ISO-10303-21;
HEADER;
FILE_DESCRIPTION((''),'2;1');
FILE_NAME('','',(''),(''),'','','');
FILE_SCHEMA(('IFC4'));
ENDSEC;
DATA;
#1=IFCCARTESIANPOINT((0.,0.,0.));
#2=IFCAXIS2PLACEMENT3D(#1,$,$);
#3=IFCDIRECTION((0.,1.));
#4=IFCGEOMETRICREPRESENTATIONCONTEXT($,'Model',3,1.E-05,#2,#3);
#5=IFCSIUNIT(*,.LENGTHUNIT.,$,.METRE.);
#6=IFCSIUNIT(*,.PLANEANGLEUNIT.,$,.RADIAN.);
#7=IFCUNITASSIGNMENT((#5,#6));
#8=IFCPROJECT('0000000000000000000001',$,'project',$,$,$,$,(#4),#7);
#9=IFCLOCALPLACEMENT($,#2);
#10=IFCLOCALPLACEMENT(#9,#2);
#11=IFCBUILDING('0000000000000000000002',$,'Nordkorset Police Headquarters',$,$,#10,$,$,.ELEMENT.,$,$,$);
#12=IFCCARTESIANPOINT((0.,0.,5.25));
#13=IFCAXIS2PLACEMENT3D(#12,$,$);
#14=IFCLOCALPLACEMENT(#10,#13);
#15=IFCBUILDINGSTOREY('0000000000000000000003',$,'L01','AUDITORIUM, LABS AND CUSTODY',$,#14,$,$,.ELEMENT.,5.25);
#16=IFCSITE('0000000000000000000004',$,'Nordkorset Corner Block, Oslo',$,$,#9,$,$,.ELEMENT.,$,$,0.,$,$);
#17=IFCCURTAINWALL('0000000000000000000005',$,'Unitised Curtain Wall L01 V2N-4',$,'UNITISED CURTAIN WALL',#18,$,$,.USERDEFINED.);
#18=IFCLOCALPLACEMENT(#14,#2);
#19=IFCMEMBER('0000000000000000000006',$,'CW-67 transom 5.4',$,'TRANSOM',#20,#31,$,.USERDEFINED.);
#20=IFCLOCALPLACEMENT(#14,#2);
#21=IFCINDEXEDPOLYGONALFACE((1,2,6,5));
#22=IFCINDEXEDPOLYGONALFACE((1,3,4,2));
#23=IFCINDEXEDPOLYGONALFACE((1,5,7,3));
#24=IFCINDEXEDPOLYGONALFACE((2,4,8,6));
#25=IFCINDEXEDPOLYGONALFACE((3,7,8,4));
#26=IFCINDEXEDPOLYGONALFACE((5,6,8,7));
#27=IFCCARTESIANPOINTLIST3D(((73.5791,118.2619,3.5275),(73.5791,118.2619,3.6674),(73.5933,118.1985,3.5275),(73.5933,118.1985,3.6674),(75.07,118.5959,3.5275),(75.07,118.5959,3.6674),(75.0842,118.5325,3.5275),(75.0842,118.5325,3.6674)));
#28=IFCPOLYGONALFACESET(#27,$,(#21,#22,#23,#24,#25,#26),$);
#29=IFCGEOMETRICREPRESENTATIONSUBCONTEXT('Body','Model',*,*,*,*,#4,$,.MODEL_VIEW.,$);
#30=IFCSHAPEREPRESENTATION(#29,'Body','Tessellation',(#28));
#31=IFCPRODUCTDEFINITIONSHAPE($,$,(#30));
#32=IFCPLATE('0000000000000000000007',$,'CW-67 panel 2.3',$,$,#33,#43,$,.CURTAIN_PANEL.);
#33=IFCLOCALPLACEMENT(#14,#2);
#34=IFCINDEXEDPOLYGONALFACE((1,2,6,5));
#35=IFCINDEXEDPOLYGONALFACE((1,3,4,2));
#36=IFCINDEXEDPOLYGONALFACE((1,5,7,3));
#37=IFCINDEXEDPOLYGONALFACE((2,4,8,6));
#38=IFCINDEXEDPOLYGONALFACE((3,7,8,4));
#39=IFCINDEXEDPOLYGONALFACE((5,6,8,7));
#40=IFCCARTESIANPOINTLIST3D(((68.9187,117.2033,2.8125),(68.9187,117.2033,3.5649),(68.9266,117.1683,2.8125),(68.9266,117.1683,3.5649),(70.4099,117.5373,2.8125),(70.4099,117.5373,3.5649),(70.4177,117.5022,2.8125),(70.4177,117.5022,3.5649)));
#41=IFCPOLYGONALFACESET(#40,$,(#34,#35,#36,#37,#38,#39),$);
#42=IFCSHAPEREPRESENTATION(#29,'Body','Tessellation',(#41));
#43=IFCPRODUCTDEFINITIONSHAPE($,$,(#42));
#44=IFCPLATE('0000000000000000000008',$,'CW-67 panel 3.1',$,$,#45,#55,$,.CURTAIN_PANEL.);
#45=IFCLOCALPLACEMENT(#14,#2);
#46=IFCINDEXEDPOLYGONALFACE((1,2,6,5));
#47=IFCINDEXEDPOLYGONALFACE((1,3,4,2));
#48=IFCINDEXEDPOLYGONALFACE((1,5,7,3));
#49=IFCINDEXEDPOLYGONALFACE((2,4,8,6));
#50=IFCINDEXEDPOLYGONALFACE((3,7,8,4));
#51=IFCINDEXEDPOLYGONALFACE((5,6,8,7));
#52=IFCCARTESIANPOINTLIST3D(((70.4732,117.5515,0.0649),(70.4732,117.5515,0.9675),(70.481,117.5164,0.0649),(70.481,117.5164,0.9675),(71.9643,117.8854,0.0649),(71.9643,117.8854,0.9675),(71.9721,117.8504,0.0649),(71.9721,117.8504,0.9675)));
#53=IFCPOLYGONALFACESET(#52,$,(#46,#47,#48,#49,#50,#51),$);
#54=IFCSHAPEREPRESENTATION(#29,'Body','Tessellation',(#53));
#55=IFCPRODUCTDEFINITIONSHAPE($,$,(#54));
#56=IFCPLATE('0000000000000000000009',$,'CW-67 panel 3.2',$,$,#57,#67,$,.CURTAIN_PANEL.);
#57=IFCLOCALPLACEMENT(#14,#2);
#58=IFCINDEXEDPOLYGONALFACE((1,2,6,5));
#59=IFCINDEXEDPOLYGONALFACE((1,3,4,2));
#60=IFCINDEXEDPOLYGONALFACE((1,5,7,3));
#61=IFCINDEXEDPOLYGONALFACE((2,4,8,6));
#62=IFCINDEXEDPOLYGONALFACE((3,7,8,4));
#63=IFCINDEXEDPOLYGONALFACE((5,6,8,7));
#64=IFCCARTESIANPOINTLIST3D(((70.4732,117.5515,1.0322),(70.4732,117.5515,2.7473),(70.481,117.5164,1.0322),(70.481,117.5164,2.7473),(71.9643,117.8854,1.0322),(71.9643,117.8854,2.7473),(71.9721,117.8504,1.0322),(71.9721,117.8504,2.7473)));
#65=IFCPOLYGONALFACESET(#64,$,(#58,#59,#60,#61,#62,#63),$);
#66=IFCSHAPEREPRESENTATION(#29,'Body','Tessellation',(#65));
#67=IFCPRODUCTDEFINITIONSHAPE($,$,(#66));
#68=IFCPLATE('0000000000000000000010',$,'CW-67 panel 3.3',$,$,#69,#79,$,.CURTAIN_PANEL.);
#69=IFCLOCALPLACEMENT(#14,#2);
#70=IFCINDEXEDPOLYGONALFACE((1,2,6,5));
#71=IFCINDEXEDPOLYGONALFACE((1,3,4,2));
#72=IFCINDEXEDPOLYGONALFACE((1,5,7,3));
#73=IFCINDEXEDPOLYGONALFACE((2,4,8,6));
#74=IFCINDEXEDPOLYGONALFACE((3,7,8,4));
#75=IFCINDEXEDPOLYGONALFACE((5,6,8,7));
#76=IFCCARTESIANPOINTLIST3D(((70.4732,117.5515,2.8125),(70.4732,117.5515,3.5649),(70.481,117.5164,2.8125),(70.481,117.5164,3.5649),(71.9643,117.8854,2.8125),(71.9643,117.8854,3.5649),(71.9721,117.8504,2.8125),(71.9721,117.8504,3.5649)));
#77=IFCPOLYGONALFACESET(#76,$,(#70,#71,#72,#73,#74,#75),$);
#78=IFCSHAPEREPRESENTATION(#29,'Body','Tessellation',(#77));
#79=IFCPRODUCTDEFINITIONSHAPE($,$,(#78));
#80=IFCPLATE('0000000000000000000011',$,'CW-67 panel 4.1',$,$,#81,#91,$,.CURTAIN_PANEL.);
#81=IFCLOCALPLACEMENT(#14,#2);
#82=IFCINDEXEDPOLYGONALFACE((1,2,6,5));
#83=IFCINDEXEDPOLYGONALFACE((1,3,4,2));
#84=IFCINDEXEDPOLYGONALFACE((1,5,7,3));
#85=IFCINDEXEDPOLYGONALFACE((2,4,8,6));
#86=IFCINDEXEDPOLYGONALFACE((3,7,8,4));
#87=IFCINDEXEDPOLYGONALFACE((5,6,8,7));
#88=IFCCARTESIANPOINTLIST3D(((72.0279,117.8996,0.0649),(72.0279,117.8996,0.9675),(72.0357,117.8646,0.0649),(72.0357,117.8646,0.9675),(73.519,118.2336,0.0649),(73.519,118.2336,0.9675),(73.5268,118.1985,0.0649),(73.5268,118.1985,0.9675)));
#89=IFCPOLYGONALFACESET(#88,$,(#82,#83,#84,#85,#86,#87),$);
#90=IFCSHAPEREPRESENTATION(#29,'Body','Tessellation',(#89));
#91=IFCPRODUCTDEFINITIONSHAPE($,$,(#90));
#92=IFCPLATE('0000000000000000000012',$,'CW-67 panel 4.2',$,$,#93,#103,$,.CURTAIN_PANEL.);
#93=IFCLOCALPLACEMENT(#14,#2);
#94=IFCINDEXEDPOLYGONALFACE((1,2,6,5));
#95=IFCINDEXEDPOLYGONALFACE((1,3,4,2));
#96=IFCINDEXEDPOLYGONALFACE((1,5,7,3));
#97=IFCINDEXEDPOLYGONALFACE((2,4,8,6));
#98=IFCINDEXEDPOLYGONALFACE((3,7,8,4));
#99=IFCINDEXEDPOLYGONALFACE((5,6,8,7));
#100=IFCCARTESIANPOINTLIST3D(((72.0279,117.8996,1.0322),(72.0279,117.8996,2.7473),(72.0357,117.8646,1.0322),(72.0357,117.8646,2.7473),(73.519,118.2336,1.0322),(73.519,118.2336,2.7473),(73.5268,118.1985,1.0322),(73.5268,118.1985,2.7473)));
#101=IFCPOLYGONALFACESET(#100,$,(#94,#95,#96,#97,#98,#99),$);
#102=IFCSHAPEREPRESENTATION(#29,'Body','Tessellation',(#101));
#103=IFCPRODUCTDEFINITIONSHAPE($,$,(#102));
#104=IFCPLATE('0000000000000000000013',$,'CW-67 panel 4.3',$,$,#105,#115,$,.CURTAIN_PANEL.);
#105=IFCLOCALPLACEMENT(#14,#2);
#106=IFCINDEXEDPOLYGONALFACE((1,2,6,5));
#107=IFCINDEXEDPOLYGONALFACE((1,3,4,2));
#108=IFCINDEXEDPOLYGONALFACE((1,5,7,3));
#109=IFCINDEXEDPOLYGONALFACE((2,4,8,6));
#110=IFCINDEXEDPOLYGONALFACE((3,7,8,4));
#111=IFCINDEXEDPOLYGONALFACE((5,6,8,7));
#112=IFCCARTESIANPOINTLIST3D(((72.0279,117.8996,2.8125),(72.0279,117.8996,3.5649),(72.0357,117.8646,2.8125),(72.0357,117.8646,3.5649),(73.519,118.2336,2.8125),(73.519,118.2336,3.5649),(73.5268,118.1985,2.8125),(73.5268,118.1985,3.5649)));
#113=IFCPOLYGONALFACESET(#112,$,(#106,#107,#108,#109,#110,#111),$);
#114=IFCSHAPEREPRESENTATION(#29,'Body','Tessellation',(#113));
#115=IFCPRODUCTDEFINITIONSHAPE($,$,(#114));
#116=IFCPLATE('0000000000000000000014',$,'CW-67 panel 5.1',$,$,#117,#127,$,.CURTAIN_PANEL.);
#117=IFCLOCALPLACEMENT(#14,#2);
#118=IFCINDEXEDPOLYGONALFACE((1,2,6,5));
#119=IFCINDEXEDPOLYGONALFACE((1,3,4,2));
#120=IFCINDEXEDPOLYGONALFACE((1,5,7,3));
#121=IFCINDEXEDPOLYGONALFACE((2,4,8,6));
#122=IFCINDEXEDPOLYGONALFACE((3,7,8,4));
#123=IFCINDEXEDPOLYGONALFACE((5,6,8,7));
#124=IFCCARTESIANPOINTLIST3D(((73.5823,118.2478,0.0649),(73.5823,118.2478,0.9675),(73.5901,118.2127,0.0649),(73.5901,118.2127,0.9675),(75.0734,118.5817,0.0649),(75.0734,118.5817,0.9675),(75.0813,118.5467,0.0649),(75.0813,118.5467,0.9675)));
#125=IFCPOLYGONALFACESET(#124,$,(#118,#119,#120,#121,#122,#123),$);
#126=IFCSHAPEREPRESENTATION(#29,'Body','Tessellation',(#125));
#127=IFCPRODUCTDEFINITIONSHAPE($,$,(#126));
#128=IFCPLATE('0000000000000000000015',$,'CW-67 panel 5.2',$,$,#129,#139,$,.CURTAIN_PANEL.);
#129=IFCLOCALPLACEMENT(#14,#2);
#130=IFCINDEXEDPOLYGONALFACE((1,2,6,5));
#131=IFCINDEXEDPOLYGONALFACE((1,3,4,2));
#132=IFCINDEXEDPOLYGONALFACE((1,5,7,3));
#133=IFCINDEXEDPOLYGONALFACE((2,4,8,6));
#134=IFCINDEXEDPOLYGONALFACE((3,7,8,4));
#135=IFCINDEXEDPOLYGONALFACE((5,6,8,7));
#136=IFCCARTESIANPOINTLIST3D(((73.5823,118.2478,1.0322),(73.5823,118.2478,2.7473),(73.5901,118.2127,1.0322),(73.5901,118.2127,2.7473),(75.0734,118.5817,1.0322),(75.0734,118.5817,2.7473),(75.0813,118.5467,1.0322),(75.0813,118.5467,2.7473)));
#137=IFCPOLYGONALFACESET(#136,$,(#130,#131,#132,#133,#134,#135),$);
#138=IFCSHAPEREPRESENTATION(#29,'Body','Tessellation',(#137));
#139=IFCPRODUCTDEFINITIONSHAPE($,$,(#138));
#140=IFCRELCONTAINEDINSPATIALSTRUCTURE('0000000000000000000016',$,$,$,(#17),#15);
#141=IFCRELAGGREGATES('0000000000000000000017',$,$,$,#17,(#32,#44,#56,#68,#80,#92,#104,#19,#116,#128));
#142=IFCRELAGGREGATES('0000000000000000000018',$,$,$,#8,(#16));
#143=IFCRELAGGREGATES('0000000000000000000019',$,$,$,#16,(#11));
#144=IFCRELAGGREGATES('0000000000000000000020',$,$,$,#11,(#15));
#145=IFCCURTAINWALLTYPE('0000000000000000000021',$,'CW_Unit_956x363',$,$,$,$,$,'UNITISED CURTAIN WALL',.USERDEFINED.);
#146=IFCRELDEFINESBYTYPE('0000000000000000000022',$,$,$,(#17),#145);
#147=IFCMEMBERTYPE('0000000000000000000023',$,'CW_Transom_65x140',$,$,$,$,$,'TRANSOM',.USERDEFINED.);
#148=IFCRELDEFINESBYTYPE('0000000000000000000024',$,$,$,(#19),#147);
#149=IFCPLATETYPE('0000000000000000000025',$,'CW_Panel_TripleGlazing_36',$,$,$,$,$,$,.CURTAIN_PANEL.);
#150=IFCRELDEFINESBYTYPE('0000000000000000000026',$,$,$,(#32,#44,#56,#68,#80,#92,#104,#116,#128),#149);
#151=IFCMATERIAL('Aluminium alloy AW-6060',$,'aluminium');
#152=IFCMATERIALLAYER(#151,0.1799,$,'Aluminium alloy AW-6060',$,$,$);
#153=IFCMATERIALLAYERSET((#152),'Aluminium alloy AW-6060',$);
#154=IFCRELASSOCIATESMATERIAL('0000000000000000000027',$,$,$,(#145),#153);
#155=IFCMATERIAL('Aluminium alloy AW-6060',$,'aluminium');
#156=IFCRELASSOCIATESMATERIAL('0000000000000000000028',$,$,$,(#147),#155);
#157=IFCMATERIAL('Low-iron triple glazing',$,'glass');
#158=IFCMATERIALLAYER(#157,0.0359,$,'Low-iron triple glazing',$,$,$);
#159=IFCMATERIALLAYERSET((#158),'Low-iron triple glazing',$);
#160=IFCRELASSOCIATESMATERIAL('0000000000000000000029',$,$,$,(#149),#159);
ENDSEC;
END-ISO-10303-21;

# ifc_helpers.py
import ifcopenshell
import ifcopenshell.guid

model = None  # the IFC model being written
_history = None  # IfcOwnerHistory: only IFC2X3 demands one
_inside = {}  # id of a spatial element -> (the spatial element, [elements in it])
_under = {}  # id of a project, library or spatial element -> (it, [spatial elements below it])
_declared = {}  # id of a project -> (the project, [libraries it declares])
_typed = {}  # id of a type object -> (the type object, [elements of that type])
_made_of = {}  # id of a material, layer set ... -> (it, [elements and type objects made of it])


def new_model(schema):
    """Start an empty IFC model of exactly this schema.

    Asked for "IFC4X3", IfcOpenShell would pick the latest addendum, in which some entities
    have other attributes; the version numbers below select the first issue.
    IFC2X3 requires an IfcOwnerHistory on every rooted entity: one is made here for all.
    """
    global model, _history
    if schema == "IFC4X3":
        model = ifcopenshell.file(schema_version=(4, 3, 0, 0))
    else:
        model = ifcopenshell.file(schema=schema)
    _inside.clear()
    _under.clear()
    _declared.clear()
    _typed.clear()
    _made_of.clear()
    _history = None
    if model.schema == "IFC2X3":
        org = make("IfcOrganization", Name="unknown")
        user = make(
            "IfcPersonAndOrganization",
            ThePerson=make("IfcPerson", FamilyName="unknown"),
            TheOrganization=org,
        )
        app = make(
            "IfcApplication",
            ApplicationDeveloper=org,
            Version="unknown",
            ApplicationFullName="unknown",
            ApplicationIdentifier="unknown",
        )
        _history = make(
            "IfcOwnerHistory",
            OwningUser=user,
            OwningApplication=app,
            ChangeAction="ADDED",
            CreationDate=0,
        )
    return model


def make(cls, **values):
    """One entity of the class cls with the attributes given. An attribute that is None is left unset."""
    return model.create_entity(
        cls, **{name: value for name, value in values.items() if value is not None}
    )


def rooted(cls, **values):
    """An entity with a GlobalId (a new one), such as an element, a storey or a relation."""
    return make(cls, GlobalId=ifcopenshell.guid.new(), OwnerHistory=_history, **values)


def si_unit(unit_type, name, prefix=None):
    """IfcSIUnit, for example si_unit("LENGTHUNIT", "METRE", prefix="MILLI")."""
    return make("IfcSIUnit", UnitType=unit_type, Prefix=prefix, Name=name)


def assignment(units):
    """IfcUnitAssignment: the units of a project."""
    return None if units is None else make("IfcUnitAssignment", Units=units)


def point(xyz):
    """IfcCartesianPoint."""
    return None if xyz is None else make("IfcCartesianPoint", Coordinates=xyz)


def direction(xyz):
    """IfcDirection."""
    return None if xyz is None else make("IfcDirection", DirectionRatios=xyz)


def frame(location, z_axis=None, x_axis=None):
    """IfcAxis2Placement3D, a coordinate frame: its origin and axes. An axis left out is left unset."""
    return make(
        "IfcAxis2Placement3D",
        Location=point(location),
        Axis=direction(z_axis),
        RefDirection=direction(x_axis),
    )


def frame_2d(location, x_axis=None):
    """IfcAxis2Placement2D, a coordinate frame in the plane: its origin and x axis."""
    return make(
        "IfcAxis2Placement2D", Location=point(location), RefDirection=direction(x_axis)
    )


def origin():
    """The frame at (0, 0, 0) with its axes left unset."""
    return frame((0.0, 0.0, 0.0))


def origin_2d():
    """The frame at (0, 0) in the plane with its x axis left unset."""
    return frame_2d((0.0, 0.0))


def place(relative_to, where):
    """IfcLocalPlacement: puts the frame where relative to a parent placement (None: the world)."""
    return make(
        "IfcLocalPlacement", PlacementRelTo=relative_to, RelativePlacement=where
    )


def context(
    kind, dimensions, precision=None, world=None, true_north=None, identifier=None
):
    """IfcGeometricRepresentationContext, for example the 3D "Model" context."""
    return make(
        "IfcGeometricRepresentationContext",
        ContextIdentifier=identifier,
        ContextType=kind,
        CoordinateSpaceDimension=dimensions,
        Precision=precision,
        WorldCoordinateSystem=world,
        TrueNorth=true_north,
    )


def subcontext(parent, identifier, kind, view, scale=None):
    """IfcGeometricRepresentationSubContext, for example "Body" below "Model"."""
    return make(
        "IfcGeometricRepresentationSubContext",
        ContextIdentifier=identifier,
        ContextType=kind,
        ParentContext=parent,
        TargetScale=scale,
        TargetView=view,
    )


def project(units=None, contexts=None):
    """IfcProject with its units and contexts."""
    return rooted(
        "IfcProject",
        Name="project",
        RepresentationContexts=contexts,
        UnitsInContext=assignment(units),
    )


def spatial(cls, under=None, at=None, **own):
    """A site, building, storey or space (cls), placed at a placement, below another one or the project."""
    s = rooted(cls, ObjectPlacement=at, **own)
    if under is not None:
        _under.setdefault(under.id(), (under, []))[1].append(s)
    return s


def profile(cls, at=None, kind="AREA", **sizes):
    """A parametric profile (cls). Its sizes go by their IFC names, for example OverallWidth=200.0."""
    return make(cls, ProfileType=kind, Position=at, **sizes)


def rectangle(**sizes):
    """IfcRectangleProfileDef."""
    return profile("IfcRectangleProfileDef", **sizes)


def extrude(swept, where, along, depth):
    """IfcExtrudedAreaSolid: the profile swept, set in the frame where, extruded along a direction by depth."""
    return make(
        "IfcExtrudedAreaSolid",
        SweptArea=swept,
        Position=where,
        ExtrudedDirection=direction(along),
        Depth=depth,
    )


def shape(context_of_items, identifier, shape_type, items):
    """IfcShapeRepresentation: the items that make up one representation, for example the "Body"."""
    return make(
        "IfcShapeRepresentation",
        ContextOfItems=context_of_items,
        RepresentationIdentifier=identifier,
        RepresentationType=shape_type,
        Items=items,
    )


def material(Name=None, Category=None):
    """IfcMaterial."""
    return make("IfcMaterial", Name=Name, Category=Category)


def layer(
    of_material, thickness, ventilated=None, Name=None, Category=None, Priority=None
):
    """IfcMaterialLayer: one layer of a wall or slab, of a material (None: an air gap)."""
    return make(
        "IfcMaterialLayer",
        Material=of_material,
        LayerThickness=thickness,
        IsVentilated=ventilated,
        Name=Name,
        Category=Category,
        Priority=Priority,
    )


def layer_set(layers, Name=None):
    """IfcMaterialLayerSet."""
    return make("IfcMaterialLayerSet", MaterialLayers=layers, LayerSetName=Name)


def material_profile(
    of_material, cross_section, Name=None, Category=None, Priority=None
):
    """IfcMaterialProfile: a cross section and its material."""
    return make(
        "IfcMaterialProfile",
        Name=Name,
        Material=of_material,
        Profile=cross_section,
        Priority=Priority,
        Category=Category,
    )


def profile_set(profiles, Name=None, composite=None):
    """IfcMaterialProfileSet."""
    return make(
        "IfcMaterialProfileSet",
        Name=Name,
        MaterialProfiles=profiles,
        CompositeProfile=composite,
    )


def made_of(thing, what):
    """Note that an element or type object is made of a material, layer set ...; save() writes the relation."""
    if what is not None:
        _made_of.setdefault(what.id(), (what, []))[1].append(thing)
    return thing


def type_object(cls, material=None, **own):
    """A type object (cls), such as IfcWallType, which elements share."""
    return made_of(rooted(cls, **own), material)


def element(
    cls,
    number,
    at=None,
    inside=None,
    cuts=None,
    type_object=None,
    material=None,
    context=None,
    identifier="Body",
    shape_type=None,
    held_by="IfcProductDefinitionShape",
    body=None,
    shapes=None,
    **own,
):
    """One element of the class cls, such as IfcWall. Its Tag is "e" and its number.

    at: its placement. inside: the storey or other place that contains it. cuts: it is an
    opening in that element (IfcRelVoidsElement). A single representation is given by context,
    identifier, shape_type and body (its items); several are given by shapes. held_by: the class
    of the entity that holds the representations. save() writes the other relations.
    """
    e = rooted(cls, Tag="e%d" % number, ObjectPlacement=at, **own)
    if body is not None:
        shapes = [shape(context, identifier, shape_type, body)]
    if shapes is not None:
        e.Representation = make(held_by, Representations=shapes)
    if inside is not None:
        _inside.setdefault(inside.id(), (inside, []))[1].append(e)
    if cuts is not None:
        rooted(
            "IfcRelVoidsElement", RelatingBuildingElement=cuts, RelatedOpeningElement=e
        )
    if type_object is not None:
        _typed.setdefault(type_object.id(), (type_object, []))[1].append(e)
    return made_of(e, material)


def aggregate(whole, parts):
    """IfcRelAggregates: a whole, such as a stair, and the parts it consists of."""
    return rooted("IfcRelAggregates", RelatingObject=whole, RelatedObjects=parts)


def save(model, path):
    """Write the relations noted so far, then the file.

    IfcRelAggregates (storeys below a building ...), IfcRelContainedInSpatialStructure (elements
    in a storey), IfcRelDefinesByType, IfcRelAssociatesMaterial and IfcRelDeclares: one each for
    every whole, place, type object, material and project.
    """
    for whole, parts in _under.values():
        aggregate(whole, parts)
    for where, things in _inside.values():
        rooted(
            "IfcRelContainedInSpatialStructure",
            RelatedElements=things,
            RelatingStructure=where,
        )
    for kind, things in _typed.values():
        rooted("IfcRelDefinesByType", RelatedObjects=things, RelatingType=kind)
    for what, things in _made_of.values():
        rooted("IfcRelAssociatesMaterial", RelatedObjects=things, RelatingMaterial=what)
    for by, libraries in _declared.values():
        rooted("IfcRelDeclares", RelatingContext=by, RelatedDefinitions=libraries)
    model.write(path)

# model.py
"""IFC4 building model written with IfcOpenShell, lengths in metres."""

from ifc_helpers import new_model, si_unit, direction, frame, origin, origin_2d, place, context, subcontext, project, spatial, rectangle, extrude, material, layer, layer_set, material_profile, profile_set, type_object, element, aggregate, save


model = new_model("IFC4")

# Units and contexts
model_context = context("Model", 3, precision=1e-05, world=origin(), true_north=direction((0.0, 1.0)))
body_context = subcontext(model_context, "Body", "Model", "MODEL_VIEW")
ifc_project = project(units=[si_unit("LENGTHUNIT", "METRE"), si_unit("PLANEANGLEUNIT", "RADIAN")], contexts=[model_context])

# Site, building, storey
site_placement = place(None, origin())
site = spatial("IfcSite", under=ifc_project, at=site_placement, Name="Nordkorset Corner Block, Oslo", CompositionType="ELEMENT", RefElevation=0.0)
building_placement = place(site_placement, origin())
building = spatial("IfcBuilding", under=site, at=building_placement, Name="Nordkorset Police Headquarters", CompositionType="ELEMENT")
storey_placement = place(building_placement, frame((0.0, 0.0, 5.25)))
storey = spatial("IfcBuildingStorey", under=building, at=storey_placement, Name="L01", Description="AUDITORIUM, LABS AND CUSTODY", CompositionType="ELEMENT", Elevation=5.25)

# Curtain wall, member, plates
ifc_material_1 = material(Name="Aluminium alloy AW-6060", Category="aluminium")
ifc_layer_1 = layer(ifc_material_1, 0.1799, Name="Aluminium alloy AW-6060")
ifc_layer_set_1 = layer_set([ifc_layer_1], Name="Aluminium alloy AW-6060")
curtain_wall_type = type_object("IfcCurtainWallType", Name="CW_Unit_956x363", ElementType="UNITISED CURTAIN WALL", PredefinedType="USERDEFINED", material=ifc_layer_set_1)
curtain_wall_placement = place(storey_placement, origin())
curtain_wall = element("IfcCurtainWall", 1, at=curtain_wall_placement, inside=storey, type_object=curtain_wall_type, Name="Unitised Curtain Wall L01 V2N-4", ObjectType="UNITISED CURTAIN WALL", PredefinedType="USERDEFINED")
ifc_material_2 = material(Name="Aluminium alloy AW-6060", Category="aluminium")
ifc_material_profile_1 = material_profile(ifc_material_2, rectangle(XDim=0.0649, YDim=0.1399, at=origin_2d()), Name="ALU TRAN 65x140")
ifc_profile_set_1 = profile_set([ifc_material_profile_1], Name="Aluminium alloy AW-6060")
member_type_1 = type_object("IfcMemberType", Name="CW_Transom_65x140", ElementType="TRANSOM", PredefinedType="USERDEFINED", material=ifc_profile_set_1)
member_1_placement = place(storey_placement, frame((73.5862, 118.2302, 3.5974), z_axis=(0.975817, 0.218588, 0.0), x_axis=(-0.218588, 0.975817, 0.0)))
member_1 = element("IfcMember", 2, at=member_1_placement, type_object=member_type_1, Name="CW-67 transom 5.4", ObjectType="TRANSOM", PredefinedType="USERDEFINED", context=body_context, shape_type="SweptSolid", body=[
    extrude(rectangle(XDim=0.0649, YDim=0.1399, at=origin_2d()), origin(), (0.0, 0.0, 1.0), 1.5278),
])
ifc_material_3 = material(Name="Low-iron triple glazing", Category="glass")
ifc_layer_2 = layer(ifc_material_3, 0.0359, Name="Low-iron triple glazing")
ifc_layer_set_2 = layer_set([ifc_layer_2], Name="Low-iron triple glazing")
plate_type = type_object("IfcPlateType", Name="CW_Panel_TripleGlazing_36", PredefinedType="CURTAIN_PANEL", material=ifc_layer_set_2)
plate_1_placement = place(storey_placement, frame((69.6682, 117.3528, 2.8125), z_axis=(0.0, 0.0, 1.0), x_axis=(0.975827, 0.218544, 0.0)))
plate_1 = element("IfcPlate", 3, at=plate_1_placement, type_object=plate_type, Name="CW-67 panel 2.3", PredefinedType="CURTAIN_PANEL", context=body_context, shape_type="SweptSolid", body=[
    extrude(rectangle(XDim=1.5281, YDim=0.0359, at=origin_2d()), origin(), (0.0, 0.0, 1.0), 0.7524),
])
plate_2_placement = place(storey_placement, frame((71.2227, 117.7009, 0.0649), z_axis=(0.0, 0.0, 1.0), x_axis=(0.975827, 0.218544, 0.0)))
plate_2 = element("IfcPlate", 4, at=plate_2_placement, type_object=plate_type, Name="CW-67 panel 3.1", PredefinedType="CURTAIN_PANEL", context=body_context, shape_type="SweptSolid", body=[
    extrude(rectangle(XDim=1.5281, YDim=0.0359, at=origin_2d()), origin(), (0.0, 0.0, 1.0), 0.9026),
])
plate_3_placement = place(storey_placement, frame((71.2227, 117.7009, 1.0322), z_axis=(0.0, 0.0, 1.0), x_axis=(0.975827, 0.218544, 0.0)))
plate_3 = element("IfcPlate", 5, at=plate_3_placement, type_object=plate_type, Name="CW-67 panel 3.2", PredefinedType="CURTAIN_PANEL", context=body_context, shape_type="SweptSolid", body=[
    extrude(rectangle(XDim=1.5281, YDim=0.0359, at=origin_2d()), origin(), (0.0, 0.0, 1.0), 1.7151),
])
plate_4_placement = place(storey_placement, frame((71.2227, 117.7009, 2.8125), z_axis=(0.0, 0.0, 1.0), x_axis=(0.975827, 0.218544, 0.0)))
plate_4 = element("IfcPlate", 6, at=plate_4_placement, type_object=plate_type, Name="CW-67 panel 3.3", PredefinedType="CURTAIN_PANEL", context=body_context, shape_type="SweptSolid", body=[
    extrude(rectangle(XDim=1.5281, YDim=0.0359, at=origin_2d()), origin(), (0.0, 0.0, 1.0), 0.7524),
])
plate_5_placement = place(storey_placement, frame((72.7773, 118.0491, 0.0649), z_axis=(0.0, 0.0, 1.0), x_axis=(0.975827, 0.218544, 0.0)))
plate_5 = element("IfcPlate", 7, at=plate_5_placement, type_object=plate_type, Name="CW-67 panel 4.1", PredefinedType="CURTAIN_PANEL", context=body_context, shape_type="SweptSolid", body=[
    extrude(rectangle(XDim=1.5281, YDim=0.0359, at=origin_2d()), origin(), (0.0, 0.0, 1.0), 0.9026),
])
plate_6_placement = place(storey_placement, frame((72.7773, 118.0491, 1.0322), z_axis=(0.0, 0.0, 1.0), x_axis=(0.975827, 0.218544, 0.0)))
plate_6 = element("IfcPlate", 8, at=plate_6_placement, type_object=plate_type, Name="CW-67 panel 4.2", PredefinedType="CURTAIN_PANEL", context=body_context, shape_type="SweptSolid", body=[
    extrude(rectangle(XDim=1.5281, YDim=0.0359, at=origin_2d()), origin(), (0.0, 0.0, 1.0), 1.7151),
])
plate_7_placement = place(storey_placement, frame((72.7773, 118.0491, 2.8125), z_axis=(0.0, 0.0, 1.0), x_axis=(0.975827, 0.218544, 0.0)))
plate_7 = element("IfcPlate", 9, at=plate_7_placement, type_object=plate_type, Name="CW-67 panel 4.3", PredefinedType="CURTAIN_PANEL", context=body_context, shape_type="SweptSolid", body=[
    extrude(rectangle(XDim=1.5281, YDim=0.0359, at=origin_2d()), origin(), (0.0, 0.0, 1.0), 0.7524),
])
plate_8_placement = place(storey_placement, frame((74.3318, 118.3972, 0.0649), z_axis=(0.0, 0.0, 1.0), x_axis=(0.975827, 0.218544, 0.0)))
plate_8 = element("IfcPlate", 10, at=plate_8_placement, type_object=plate_type, Name="CW-67 panel 5.1", PredefinedType="CURTAIN_PANEL", context=body_context, shape_type="SweptSolid", body=[
    extrude(rectangle(XDim=1.5281, YDim=0.0359, at=origin_2d()), origin(), (0.0, 0.0, 1.0), 0.9026),
])
plate_9_placement = place(storey_placement, frame((74.3318, 118.3972, 1.0322), z_axis=(0.0, 0.0, 1.0), x_axis=(0.975827, 0.218544, 0.0)))
plate_9 = element("IfcPlate", 11, at=plate_9_placement, type_object=plate_type, Name="CW-67 panel 5.2", PredefinedType="CURTAIN_PANEL", context=body_context, shape_type="SweptSolid", body=[
    extrude(rectangle(XDim=1.5281, YDim=0.0359, at=origin_2d()), origin(), (0.0, 0.0, 1.0), 1.7151),
])
aggregate(curtain_wall, [plate_1, plate_2, plate_3, plate_4, plate_5, plate_6, plate_7, member_1, plate_8, plate_9])

save(model, "model.ifc")
